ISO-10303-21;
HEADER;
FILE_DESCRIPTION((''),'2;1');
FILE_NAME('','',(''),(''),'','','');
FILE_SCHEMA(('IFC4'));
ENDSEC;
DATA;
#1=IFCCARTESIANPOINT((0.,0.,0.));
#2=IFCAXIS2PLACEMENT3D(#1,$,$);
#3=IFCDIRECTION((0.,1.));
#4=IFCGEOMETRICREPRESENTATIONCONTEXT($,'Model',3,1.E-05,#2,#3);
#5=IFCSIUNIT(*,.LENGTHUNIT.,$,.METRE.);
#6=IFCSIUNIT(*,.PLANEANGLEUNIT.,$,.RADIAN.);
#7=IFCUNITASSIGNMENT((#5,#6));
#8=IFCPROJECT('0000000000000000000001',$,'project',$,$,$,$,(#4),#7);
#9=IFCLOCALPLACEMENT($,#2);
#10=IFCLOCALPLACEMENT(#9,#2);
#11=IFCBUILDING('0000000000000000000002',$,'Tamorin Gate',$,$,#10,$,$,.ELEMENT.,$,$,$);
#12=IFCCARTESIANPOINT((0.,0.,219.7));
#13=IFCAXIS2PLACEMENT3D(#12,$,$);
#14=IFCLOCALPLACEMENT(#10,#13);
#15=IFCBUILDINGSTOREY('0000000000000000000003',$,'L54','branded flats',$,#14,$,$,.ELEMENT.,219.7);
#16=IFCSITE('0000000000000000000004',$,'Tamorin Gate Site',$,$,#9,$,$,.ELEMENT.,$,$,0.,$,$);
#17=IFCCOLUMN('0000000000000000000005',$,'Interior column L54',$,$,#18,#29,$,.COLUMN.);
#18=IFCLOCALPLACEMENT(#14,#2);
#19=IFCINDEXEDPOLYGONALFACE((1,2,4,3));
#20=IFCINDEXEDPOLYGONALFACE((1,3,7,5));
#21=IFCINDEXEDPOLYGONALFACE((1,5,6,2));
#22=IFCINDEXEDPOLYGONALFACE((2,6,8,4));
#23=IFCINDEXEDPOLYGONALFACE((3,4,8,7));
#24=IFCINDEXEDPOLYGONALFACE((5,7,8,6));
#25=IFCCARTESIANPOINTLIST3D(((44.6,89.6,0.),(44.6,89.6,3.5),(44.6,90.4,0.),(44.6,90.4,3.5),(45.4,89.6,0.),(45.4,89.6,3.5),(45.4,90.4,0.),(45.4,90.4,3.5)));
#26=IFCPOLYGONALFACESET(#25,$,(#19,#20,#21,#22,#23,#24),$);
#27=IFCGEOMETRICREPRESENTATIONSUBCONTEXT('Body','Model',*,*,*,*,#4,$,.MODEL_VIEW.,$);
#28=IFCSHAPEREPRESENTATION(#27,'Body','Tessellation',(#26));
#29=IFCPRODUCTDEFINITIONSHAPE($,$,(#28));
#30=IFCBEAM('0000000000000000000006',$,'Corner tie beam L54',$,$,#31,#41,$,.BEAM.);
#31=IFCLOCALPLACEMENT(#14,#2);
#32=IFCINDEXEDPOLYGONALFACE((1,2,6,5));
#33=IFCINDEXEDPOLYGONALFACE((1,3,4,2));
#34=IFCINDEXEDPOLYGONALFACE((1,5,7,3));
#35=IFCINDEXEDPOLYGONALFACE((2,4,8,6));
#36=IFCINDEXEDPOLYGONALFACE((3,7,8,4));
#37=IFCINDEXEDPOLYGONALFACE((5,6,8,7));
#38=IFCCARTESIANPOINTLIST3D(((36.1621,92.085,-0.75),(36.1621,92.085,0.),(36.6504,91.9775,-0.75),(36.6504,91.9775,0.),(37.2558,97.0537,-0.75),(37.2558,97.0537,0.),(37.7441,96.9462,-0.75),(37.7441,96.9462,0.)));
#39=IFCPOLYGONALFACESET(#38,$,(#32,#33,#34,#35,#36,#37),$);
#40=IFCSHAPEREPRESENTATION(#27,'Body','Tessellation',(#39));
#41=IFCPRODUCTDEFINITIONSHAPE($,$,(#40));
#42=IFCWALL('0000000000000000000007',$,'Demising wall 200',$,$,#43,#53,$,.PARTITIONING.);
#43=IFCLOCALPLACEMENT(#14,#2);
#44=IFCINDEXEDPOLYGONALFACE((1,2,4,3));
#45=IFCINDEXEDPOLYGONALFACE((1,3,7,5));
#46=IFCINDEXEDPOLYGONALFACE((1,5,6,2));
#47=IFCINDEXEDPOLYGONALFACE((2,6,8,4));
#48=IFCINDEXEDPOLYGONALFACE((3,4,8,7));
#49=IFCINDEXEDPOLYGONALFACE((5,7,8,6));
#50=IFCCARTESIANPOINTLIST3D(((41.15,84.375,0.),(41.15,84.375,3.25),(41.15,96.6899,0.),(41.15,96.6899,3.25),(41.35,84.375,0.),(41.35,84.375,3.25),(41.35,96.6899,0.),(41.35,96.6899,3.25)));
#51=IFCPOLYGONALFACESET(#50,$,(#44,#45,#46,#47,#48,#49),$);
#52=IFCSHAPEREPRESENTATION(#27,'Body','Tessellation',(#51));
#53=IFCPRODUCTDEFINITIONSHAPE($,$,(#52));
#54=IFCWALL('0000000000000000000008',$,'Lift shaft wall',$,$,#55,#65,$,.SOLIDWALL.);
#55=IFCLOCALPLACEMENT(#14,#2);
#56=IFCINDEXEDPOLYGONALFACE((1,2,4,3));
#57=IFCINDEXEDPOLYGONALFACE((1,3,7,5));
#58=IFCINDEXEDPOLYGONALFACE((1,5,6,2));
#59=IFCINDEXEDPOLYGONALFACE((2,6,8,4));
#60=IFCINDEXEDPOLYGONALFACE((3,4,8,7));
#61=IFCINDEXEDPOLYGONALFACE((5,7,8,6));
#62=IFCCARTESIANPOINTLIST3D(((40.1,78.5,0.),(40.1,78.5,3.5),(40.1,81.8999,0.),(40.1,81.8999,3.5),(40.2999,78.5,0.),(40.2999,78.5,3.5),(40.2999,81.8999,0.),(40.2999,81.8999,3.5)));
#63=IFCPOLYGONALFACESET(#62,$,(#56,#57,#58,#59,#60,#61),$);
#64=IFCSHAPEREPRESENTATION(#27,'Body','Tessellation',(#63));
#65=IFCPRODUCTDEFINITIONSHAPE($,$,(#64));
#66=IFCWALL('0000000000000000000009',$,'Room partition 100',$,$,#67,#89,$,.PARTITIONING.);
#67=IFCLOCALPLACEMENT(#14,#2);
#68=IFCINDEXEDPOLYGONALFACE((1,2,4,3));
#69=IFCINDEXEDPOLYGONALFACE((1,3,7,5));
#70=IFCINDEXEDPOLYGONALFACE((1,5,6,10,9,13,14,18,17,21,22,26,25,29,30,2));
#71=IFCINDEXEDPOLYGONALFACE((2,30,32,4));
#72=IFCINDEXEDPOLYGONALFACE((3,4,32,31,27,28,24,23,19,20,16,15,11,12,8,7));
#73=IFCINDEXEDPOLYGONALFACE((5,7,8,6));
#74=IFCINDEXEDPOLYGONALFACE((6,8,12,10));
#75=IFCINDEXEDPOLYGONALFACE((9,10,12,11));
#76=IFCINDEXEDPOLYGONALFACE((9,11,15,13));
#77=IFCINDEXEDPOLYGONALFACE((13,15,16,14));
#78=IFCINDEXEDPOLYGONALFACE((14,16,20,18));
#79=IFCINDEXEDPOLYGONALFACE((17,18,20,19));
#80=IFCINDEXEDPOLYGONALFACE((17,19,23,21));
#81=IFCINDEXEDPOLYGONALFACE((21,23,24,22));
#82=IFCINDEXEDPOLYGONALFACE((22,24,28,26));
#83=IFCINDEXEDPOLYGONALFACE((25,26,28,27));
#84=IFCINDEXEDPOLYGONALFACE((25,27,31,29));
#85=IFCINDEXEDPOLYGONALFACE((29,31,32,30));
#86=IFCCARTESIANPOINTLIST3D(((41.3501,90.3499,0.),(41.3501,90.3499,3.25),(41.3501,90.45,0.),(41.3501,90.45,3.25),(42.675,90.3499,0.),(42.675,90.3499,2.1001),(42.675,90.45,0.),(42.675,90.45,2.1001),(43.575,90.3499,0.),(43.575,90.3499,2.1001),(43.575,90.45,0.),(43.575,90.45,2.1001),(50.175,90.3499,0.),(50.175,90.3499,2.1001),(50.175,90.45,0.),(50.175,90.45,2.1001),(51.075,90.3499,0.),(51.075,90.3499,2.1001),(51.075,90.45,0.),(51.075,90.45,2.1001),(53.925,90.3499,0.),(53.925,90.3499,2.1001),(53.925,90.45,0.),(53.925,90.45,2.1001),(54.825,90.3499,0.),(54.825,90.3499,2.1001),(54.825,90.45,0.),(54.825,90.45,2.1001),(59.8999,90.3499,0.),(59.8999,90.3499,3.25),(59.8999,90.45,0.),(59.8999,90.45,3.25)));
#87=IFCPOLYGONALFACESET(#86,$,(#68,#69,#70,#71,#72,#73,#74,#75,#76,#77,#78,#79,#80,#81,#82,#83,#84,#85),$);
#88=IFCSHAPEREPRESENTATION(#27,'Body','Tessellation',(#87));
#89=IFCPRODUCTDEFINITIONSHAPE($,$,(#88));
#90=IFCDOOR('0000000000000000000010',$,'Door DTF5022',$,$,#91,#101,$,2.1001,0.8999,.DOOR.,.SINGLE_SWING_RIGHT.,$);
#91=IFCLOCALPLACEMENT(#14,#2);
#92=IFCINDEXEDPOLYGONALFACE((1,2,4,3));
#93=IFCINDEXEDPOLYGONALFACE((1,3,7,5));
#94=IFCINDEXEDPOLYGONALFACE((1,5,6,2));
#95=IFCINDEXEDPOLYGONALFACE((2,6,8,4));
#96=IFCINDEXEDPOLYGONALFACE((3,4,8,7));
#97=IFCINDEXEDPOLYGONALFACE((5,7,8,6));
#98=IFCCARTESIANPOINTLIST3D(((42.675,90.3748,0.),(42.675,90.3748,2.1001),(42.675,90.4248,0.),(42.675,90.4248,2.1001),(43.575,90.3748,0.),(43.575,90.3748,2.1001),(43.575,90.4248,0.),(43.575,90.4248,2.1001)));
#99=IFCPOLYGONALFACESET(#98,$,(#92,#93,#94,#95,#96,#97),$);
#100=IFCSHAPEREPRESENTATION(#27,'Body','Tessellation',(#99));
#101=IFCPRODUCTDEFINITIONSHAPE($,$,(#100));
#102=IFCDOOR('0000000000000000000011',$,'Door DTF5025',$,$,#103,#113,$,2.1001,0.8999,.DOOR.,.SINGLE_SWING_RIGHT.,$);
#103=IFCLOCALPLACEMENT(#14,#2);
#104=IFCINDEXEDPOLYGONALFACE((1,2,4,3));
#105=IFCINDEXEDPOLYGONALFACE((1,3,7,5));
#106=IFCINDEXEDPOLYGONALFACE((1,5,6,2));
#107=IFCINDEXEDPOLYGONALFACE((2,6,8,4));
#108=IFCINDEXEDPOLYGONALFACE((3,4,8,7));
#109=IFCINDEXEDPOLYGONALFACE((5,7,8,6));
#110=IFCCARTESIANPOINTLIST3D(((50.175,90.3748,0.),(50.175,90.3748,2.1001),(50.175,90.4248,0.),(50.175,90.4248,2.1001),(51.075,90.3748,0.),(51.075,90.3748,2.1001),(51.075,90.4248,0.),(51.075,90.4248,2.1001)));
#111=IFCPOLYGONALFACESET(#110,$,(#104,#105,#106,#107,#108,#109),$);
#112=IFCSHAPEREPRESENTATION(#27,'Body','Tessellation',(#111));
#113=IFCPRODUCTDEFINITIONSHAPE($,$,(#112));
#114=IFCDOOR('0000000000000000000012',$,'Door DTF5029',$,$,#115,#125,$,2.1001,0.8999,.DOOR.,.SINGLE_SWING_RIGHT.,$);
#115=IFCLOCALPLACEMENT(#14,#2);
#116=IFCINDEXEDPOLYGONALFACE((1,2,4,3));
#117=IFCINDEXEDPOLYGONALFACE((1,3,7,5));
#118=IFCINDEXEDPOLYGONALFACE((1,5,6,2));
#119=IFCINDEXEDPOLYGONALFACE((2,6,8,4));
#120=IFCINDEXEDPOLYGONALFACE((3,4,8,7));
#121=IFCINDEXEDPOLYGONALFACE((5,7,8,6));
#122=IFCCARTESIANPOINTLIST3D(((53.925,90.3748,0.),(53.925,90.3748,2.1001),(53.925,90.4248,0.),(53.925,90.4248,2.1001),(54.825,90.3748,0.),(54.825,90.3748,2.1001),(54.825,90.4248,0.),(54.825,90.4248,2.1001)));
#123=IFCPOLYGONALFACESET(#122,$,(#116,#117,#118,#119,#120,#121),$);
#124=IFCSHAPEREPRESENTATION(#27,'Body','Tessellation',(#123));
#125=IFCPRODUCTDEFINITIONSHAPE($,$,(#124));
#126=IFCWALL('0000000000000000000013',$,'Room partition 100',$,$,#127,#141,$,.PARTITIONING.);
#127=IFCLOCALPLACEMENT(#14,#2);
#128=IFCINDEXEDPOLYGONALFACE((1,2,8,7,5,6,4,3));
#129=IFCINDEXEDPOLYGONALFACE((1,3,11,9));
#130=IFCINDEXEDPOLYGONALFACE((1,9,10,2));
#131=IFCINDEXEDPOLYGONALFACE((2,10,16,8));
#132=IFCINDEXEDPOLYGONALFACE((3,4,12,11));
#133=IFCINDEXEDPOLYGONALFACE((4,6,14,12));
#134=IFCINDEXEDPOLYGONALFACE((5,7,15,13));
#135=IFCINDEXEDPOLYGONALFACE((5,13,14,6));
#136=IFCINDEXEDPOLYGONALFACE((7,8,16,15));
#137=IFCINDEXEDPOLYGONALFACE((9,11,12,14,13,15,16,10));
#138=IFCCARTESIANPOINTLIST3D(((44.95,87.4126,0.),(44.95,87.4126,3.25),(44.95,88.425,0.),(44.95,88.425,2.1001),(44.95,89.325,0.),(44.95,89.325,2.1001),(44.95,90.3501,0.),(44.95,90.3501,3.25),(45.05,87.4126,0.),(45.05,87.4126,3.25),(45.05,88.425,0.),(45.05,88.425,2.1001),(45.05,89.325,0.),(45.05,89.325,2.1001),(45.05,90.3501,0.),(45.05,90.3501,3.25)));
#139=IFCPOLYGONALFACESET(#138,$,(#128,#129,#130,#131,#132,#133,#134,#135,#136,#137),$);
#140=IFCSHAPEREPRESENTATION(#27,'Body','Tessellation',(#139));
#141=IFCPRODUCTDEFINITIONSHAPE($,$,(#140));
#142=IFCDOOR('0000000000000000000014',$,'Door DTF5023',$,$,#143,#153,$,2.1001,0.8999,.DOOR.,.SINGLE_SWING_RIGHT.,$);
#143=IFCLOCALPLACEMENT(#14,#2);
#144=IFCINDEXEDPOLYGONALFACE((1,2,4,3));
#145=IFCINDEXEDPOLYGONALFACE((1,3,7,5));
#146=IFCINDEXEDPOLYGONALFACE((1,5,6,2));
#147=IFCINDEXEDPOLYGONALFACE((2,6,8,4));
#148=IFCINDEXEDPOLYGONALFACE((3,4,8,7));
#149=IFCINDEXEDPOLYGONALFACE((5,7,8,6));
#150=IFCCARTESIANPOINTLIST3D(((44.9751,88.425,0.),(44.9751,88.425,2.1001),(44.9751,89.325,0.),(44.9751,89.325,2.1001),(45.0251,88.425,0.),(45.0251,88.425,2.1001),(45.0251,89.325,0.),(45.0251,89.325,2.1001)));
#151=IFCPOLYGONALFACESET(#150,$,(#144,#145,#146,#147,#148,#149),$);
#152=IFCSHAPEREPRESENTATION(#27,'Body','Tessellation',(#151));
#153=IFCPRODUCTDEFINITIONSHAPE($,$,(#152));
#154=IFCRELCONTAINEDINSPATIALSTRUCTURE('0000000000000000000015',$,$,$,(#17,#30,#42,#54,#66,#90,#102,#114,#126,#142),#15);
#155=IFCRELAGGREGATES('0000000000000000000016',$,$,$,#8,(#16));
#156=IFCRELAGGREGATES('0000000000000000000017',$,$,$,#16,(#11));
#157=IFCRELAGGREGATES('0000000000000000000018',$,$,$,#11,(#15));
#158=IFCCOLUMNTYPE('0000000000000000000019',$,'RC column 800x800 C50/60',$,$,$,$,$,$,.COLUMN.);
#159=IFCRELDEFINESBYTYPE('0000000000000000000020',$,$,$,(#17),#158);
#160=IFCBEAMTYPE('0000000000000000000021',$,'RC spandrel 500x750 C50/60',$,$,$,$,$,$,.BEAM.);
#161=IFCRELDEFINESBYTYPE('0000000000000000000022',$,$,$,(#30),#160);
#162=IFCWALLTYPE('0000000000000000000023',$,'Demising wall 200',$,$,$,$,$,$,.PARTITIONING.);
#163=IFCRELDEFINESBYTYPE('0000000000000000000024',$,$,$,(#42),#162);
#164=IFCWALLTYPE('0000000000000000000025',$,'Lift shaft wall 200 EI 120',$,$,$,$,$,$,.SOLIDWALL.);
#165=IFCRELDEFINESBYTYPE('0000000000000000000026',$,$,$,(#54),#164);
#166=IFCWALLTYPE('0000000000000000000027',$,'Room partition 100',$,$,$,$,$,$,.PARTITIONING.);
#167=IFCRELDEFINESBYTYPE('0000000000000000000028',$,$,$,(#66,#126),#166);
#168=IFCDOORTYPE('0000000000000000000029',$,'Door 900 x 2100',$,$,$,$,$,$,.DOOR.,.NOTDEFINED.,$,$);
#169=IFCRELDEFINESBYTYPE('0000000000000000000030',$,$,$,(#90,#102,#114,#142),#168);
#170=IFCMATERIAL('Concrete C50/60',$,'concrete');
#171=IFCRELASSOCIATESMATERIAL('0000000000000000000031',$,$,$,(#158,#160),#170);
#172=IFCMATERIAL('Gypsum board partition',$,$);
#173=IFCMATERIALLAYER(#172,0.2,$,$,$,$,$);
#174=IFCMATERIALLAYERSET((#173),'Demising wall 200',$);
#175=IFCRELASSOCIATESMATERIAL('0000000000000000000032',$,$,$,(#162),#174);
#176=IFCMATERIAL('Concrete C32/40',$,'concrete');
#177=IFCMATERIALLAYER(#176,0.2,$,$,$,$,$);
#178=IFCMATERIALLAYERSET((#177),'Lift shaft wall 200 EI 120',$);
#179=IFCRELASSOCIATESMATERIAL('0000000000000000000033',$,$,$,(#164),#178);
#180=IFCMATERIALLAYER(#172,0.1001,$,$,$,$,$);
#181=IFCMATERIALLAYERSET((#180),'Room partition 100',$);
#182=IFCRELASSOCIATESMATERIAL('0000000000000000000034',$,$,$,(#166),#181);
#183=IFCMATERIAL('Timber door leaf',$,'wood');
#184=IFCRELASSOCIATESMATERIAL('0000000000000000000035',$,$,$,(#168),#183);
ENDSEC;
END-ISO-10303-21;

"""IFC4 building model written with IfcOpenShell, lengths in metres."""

from ifc_helpers import new_model, si_unit, direction, frame, frame_2d, origin, origin_2d, place, context, subcontext, project, spatial, rectangle, extrude, material, layer, layer_set, material_profile, profile_set, type_object, element, fill, save


model = new_model("IFC4")

# Units and contexts
model_context = context("Model", 3, precision=1e-05, world=origin(), true_north=direction((0.0, 1.0)))
body_context = subcontext(model_context, "Body", "Model", "MODEL_VIEW")
ifc_project = project(units=[si_unit("LENGTHUNIT", "METRE"), si_unit("PLANEANGLEUNIT", "RADIAN")], contexts=[model_context])

# Site, building, storey
site_placement = place(None, origin())
site = spatial("IfcSite", under=ifc_project, at=site_placement, Name="Tamorin Gate Site", CompositionType="ELEMENT", RefElevation=0.0)
building_placement = place(site_placement, origin())
building = spatial("IfcBuilding", under=site, at=building_placement, Name="Tamorin Gate", CompositionType="ELEMENT")
storey_placement = place(building_placement, frame((0.0, 0.0, 219.7)))
storey = spatial("IfcBuildingStorey", under=building, at=storey_placement, Name="L54", Description="branded flats", CompositionType="ELEMENT", Elevation=219.7)

# Column
ifc_material_1 = material(Name="Concrete C50/60", Category="concrete")
ifc_material_profile_1 = material_profile(ifc_material_1, rectangle(XDim=0.8, YDim=0.8, at=origin_2d()), Name="RC 800x800")
ifc_profile_set_1 = profile_set([ifc_material_profile_1], Name="Concrete C50/60")
column_type = type_object("IfcColumnType", Name="RC column 800x800 C50/60", PredefinedType="COLUMN", material=ifc_profile_set_1)
column_placement = place(storey_placement, frame((45.0, 90.0, 0.0), z_axis=(0.0, 0.0, 1.0), x_axis=(1.0, 0.0, 0.0)))
element("IfcColumn", 1, at=column_placement, inside=storey, type_object=column_type, Name="Interior column L54", PredefinedType="COLUMN", context=body_context, shape_type="SweptSolid", body=[
    extrude(rectangle(XDim=0.8, YDim=0.8, at=origin_2d()), origin(), (0.0, 0.0, 1.0), 3.5),
])

# Beam
ifc_material_profile_2 = material_profile(ifc_material_1, rectangle(XDim=0.5, YDim=0.75, at=origin_2d()), Name="RC 500x750")
ifc_profile_set_2 = profile_set([ifc_material_profile_2], Name="Concrete C50/60")
beam_type = type_object("IfcBeamType", Name="RC spandrel 500x750 C50/60", PredefinedType="BEAM", material=ifc_profile_set_2)
beam_placement = place(storey_placement, frame((36.4062, 92.0312, -0.375), z_axis=(0.214979, 0.976619, 0.0), x_axis=(-0.976619, 0.214979, 0.0)))
element("IfcBeam", 2, at=beam_placement, inside=storey, type_object=beam_type, Name="Corner tie beam L54", PredefinedType="BEAM", context=body_context, shape_type="SweptSolid", body=[
    extrude(rectangle(XDim=0.5, YDim=0.75, at=origin_2d()), origin(), (0.0, 0.0, 1.0), 5.0876),
])

# Walls
ifc_material_2 = material(Name="Gypsum board partition")
ifc_layer_1 = layer(ifc_material_2, 0.2)
ifc_layer_set_1 = layer_set([ifc_layer_1], Name="Demising wall 200")
wall_type_1 = type_object("IfcWallType", Name="Demising wall 200", PredefinedType="PARTITIONING", material=ifc_layer_set_1)
wall_1_placement = place(storey_placement, frame((41.25, 84.375, 0.0), z_axis=(0.0, 0.0, 1.0), x_axis=(0.0, 1.0, 0.0)))
element("IfcWall", 3, at=wall_1_placement, inside=storey, type_object=wall_type_1, Name="Demising wall 200", PredefinedType="PARTITIONING", context=body_context, shape_type="SweptSolid", body=[
    extrude(rectangle(XDim=12.3149, YDim=0.2, at=frame_2d((6.1575, 0.0))), origin(), (0.0, 0.0, 1.0), 3.25),
])
ifc_material_3 = material(Name="Concrete C32/40", Category="concrete")
ifc_layer_2 = layer(ifc_material_3, 0.2)
ifc_layer_set_2 = layer_set([ifc_layer_2], Name="Lift shaft wall 200 EI 120")
wall_type_2 = type_object("IfcWallType", Name="Lift shaft wall 200 EI 120", PredefinedType="SOLIDWALL", material=ifc_layer_set_2)
wall_2_placement = place(storey_placement, frame((40.2, 78.5, 0.0), z_axis=(0.0, 0.0, 1.0), x_axis=(0.0, 1.0, 0.0)))
element("IfcWall", 4, at=wall_2_placement, inside=storey, type_object=wall_type_2, Name="Lift shaft wall", PredefinedType="SOLIDWALL", context=body_context, shape_type="SweptSolid", body=[
    extrude(rectangle(XDim=3.3999, YDim=0.2, at=frame_2d((1.7, 0.0))), origin(), (0.0, 0.0, 1.0), 3.5),
])

# Wall, openings, doors
ifc_layer_3 = layer(ifc_material_2, 0.1001)
ifc_layer_set_3 = layer_set([ifc_layer_3], Name="Room partition 100")
wall_type_3 = type_object("IfcWallType", Name="Room partition 100", PredefinedType="PARTITIONING", material=ifc_layer_set_3)
wall_3_placement = place(storey_placement, frame((41.3501, 90.3999, 0.0), z_axis=(0.0, 0.0, 1.0), x_axis=(1.0, 0.0, 0.0)))
wall_3 = element("IfcWall", 5, at=wall_3_placement, inside=storey, type_object=wall_type_3, Name="Room partition 100", PredefinedType="PARTITIONING", context=body_context, shape_type="SweptSolid", body=[
    extrude(rectangle(XDim=18.5498, YDim=0.1001, at=frame_2d((9.2749, 0.0))), origin(), (0.0, 0.0, 1.0), 3.25),
])
opening_1_placement = place(wall_3_placement, frame((1.325, 0.0, 0.0)))
opening_1 = element("IfcOpeningElement", 6, at=opening_1_placement, cuts=wall_3, PredefinedType="OPENING", context=body_context, shape_type="SweptSolid", body=[
    extrude(rectangle(XDim=0.8999, YDim=2.1001, at=frame_2d((0.45, 1.05))), frame((0.0, 0.0601, 0.0), z_axis=(0.0, -1.0, 0.0), x_axis=(1.0, 0.0, 0.0)), (0.0, 0.0, 1.0), 0.1201),
])
opening_2_placement = place(wall_3_placement, frame((8.825, 0.0, 0.0)))
opening_2 = element("IfcOpeningElement", 7, at=opening_2_placement, cuts=wall_3, PredefinedType="OPENING", context=body_context, shape_type="SweptSolid", body=[
    extrude(rectangle(XDim=0.8999, YDim=2.1001, at=frame_2d((0.45, 1.05))), frame((0.0, 0.0601, 0.0), z_axis=(0.0, -1.0, 0.0), x_axis=(1.0, 0.0, 0.0)), (0.0, 0.0, 1.0), 0.1201),
])
opening_3_placement = place(wall_3_placement, frame((12.575, 0.0, 0.0)))
opening_3 = element("IfcOpeningElement", 8, at=opening_3_placement, cuts=wall_3, PredefinedType="OPENING", context=body_context, shape_type="SweptSolid", body=[
    extrude(rectangle(XDim=0.8999, YDim=2.1001, at=frame_2d((0.45, 1.05))), frame((0.0, 0.0601, 0.0), z_axis=(0.0, -1.0, 0.0), x_axis=(1.0, 0.0, 0.0)), (0.0, 0.0, 1.0), 0.1201),
])
ifc_material_4 = material(Name="Timber door leaf", Category="wood")
door_type = type_object("IfcDoorType", Name="Door 900 x 2100", OperationType="NOTDEFINED", PredefinedType="DOOR", material=ifc_material_4)
door_1_placement = place(opening_1_placement, origin())
door_1 = element("IfcDoor", 9, at=door_1_placement, inside=storey, type_object=door_type, Name="Door DTF5022", OperationType="SINGLE_SWING_RIGHT", OverallHeight=2.1001, OverallWidth=0.8999, PredefinedType="DOOR", context=body_context, shape_type="SweptSolid", body=[
    extrude(rectangle(XDim=0.8999, YDim=2.1001, at=frame_2d((0.45, 1.05))), frame((0.0, 0.0249, 0.0), z_axis=(0.0, -1.0, 0.0), x_axis=(1.0, 0.0, 0.0)), (0.0, 0.0, 1.0), 0.05),
])
fill(opening_1, door_1)
door_2_placement = place(opening_2_placement, origin())
door_2 = element("IfcDoor", 10, at=door_2_placement, inside=storey, type_object=door_type, Name="Door DTF5025", OperationType="SINGLE_SWING_RIGHT", OverallHeight=2.1001, OverallWidth=0.8999, PredefinedType="DOOR", context=body_context, shape_type="SweptSolid", body=[
    extrude(rectangle(XDim=0.8999, YDim=2.1001, at=frame_2d((0.45, 1.05))), frame((0.0, 0.0249, 0.0), z_axis=(0.0, -1.0, 0.0), x_axis=(1.0, 0.0, 0.0)), (0.0, 0.0, 1.0), 0.05),
])
fill(opening_2, door_2)
door_3_placement = place(opening_3_placement, origin())
door_3 = element("IfcDoor", 11, at=door_3_placement, inside=storey, type_object=door_type, Name="Door DTF5029", OperationType="SINGLE_SWING_RIGHT", OverallHeight=2.1001, OverallWidth=0.8999, PredefinedType="DOOR", context=body_context, shape_type="SweptSolid", body=[
    extrude(rectangle(XDim=0.8999, YDim=2.1001, at=frame_2d((0.45, 1.05))), frame((0.0, 0.0249, 0.0), z_axis=(0.0, -1.0, 0.0), x_axis=(1.0, 0.0, 0.0)), (0.0, 0.0, 1.0), 0.05),
])
fill(opening_3, door_3)

# Wall, opening, door
wall_4_placement = place(storey_placement, frame((45.0, 87.4126, 0.0), z_axis=(0.0, 0.0, 1.0), x_axis=(0.0, 1.0, 0.0)))
wall_4 = element("IfcWall", 12, at=wall_4_placement, inside=storey, type_object=wall_type_3, Name="Room partition 100", PredefinedType="PARTITIONING", context=body_context, shape_type="SweptSolid", body=[
    extrude(rectangle(XDim=2.9375, YDim=0.1001, at=frame_2d((1.4688, 0.0))), origin(), (0.0, 0.0, 1.0), 3.25),
])
opening_4_placement = place(wall_4_placement, frame((1.0125, 0.0, 0.0)))
opening_4 = element("IfcOpeningElement", 13, at=opening_4_placement, cuts=wall_4, PredefinedType="OPENING", context=body_context, shape_type="SweptSolid", body=[
    extrude(rectangle(XDim=0.8999, YDim=2.1001, at=frame_2d((0.45, 1.05))), frame((0.0, 0.0601, 0.0), z_axis=(0.0, -1.0, 0.0), x_axis=(1.0, 0.0, 0.0)), (0.0, 0.0, 1.0), 0.1201),
])
door_4_placement = place(opening_4_placement, origin())
door_4 = element("IfcDoor", 14, at=door_4_placement, inside=storey, type_object=door_type, Name="Door DTF5023", OperationType="SINGLE_SWING_RIGHT", OverallHeight=2.1001, OverallWidth=0.8999, PredefinedType="DOOR", context=body_context, shape_type="SweptSolid", body=[
    extrude(rectangle(XDim=0.8999, YDim=2.1001, at=frame_2d((0.45, 1.05))), frame((0.0, 0.0249, 0.0), z_axis=(0.0, -1.0, 0.0), x_axis=(1.0, 0.0, 0.0)), (0.0, 0.0, 1.0), 0.05),
])
fill(opening_4, door_4)

save(model, "model.ifc")
